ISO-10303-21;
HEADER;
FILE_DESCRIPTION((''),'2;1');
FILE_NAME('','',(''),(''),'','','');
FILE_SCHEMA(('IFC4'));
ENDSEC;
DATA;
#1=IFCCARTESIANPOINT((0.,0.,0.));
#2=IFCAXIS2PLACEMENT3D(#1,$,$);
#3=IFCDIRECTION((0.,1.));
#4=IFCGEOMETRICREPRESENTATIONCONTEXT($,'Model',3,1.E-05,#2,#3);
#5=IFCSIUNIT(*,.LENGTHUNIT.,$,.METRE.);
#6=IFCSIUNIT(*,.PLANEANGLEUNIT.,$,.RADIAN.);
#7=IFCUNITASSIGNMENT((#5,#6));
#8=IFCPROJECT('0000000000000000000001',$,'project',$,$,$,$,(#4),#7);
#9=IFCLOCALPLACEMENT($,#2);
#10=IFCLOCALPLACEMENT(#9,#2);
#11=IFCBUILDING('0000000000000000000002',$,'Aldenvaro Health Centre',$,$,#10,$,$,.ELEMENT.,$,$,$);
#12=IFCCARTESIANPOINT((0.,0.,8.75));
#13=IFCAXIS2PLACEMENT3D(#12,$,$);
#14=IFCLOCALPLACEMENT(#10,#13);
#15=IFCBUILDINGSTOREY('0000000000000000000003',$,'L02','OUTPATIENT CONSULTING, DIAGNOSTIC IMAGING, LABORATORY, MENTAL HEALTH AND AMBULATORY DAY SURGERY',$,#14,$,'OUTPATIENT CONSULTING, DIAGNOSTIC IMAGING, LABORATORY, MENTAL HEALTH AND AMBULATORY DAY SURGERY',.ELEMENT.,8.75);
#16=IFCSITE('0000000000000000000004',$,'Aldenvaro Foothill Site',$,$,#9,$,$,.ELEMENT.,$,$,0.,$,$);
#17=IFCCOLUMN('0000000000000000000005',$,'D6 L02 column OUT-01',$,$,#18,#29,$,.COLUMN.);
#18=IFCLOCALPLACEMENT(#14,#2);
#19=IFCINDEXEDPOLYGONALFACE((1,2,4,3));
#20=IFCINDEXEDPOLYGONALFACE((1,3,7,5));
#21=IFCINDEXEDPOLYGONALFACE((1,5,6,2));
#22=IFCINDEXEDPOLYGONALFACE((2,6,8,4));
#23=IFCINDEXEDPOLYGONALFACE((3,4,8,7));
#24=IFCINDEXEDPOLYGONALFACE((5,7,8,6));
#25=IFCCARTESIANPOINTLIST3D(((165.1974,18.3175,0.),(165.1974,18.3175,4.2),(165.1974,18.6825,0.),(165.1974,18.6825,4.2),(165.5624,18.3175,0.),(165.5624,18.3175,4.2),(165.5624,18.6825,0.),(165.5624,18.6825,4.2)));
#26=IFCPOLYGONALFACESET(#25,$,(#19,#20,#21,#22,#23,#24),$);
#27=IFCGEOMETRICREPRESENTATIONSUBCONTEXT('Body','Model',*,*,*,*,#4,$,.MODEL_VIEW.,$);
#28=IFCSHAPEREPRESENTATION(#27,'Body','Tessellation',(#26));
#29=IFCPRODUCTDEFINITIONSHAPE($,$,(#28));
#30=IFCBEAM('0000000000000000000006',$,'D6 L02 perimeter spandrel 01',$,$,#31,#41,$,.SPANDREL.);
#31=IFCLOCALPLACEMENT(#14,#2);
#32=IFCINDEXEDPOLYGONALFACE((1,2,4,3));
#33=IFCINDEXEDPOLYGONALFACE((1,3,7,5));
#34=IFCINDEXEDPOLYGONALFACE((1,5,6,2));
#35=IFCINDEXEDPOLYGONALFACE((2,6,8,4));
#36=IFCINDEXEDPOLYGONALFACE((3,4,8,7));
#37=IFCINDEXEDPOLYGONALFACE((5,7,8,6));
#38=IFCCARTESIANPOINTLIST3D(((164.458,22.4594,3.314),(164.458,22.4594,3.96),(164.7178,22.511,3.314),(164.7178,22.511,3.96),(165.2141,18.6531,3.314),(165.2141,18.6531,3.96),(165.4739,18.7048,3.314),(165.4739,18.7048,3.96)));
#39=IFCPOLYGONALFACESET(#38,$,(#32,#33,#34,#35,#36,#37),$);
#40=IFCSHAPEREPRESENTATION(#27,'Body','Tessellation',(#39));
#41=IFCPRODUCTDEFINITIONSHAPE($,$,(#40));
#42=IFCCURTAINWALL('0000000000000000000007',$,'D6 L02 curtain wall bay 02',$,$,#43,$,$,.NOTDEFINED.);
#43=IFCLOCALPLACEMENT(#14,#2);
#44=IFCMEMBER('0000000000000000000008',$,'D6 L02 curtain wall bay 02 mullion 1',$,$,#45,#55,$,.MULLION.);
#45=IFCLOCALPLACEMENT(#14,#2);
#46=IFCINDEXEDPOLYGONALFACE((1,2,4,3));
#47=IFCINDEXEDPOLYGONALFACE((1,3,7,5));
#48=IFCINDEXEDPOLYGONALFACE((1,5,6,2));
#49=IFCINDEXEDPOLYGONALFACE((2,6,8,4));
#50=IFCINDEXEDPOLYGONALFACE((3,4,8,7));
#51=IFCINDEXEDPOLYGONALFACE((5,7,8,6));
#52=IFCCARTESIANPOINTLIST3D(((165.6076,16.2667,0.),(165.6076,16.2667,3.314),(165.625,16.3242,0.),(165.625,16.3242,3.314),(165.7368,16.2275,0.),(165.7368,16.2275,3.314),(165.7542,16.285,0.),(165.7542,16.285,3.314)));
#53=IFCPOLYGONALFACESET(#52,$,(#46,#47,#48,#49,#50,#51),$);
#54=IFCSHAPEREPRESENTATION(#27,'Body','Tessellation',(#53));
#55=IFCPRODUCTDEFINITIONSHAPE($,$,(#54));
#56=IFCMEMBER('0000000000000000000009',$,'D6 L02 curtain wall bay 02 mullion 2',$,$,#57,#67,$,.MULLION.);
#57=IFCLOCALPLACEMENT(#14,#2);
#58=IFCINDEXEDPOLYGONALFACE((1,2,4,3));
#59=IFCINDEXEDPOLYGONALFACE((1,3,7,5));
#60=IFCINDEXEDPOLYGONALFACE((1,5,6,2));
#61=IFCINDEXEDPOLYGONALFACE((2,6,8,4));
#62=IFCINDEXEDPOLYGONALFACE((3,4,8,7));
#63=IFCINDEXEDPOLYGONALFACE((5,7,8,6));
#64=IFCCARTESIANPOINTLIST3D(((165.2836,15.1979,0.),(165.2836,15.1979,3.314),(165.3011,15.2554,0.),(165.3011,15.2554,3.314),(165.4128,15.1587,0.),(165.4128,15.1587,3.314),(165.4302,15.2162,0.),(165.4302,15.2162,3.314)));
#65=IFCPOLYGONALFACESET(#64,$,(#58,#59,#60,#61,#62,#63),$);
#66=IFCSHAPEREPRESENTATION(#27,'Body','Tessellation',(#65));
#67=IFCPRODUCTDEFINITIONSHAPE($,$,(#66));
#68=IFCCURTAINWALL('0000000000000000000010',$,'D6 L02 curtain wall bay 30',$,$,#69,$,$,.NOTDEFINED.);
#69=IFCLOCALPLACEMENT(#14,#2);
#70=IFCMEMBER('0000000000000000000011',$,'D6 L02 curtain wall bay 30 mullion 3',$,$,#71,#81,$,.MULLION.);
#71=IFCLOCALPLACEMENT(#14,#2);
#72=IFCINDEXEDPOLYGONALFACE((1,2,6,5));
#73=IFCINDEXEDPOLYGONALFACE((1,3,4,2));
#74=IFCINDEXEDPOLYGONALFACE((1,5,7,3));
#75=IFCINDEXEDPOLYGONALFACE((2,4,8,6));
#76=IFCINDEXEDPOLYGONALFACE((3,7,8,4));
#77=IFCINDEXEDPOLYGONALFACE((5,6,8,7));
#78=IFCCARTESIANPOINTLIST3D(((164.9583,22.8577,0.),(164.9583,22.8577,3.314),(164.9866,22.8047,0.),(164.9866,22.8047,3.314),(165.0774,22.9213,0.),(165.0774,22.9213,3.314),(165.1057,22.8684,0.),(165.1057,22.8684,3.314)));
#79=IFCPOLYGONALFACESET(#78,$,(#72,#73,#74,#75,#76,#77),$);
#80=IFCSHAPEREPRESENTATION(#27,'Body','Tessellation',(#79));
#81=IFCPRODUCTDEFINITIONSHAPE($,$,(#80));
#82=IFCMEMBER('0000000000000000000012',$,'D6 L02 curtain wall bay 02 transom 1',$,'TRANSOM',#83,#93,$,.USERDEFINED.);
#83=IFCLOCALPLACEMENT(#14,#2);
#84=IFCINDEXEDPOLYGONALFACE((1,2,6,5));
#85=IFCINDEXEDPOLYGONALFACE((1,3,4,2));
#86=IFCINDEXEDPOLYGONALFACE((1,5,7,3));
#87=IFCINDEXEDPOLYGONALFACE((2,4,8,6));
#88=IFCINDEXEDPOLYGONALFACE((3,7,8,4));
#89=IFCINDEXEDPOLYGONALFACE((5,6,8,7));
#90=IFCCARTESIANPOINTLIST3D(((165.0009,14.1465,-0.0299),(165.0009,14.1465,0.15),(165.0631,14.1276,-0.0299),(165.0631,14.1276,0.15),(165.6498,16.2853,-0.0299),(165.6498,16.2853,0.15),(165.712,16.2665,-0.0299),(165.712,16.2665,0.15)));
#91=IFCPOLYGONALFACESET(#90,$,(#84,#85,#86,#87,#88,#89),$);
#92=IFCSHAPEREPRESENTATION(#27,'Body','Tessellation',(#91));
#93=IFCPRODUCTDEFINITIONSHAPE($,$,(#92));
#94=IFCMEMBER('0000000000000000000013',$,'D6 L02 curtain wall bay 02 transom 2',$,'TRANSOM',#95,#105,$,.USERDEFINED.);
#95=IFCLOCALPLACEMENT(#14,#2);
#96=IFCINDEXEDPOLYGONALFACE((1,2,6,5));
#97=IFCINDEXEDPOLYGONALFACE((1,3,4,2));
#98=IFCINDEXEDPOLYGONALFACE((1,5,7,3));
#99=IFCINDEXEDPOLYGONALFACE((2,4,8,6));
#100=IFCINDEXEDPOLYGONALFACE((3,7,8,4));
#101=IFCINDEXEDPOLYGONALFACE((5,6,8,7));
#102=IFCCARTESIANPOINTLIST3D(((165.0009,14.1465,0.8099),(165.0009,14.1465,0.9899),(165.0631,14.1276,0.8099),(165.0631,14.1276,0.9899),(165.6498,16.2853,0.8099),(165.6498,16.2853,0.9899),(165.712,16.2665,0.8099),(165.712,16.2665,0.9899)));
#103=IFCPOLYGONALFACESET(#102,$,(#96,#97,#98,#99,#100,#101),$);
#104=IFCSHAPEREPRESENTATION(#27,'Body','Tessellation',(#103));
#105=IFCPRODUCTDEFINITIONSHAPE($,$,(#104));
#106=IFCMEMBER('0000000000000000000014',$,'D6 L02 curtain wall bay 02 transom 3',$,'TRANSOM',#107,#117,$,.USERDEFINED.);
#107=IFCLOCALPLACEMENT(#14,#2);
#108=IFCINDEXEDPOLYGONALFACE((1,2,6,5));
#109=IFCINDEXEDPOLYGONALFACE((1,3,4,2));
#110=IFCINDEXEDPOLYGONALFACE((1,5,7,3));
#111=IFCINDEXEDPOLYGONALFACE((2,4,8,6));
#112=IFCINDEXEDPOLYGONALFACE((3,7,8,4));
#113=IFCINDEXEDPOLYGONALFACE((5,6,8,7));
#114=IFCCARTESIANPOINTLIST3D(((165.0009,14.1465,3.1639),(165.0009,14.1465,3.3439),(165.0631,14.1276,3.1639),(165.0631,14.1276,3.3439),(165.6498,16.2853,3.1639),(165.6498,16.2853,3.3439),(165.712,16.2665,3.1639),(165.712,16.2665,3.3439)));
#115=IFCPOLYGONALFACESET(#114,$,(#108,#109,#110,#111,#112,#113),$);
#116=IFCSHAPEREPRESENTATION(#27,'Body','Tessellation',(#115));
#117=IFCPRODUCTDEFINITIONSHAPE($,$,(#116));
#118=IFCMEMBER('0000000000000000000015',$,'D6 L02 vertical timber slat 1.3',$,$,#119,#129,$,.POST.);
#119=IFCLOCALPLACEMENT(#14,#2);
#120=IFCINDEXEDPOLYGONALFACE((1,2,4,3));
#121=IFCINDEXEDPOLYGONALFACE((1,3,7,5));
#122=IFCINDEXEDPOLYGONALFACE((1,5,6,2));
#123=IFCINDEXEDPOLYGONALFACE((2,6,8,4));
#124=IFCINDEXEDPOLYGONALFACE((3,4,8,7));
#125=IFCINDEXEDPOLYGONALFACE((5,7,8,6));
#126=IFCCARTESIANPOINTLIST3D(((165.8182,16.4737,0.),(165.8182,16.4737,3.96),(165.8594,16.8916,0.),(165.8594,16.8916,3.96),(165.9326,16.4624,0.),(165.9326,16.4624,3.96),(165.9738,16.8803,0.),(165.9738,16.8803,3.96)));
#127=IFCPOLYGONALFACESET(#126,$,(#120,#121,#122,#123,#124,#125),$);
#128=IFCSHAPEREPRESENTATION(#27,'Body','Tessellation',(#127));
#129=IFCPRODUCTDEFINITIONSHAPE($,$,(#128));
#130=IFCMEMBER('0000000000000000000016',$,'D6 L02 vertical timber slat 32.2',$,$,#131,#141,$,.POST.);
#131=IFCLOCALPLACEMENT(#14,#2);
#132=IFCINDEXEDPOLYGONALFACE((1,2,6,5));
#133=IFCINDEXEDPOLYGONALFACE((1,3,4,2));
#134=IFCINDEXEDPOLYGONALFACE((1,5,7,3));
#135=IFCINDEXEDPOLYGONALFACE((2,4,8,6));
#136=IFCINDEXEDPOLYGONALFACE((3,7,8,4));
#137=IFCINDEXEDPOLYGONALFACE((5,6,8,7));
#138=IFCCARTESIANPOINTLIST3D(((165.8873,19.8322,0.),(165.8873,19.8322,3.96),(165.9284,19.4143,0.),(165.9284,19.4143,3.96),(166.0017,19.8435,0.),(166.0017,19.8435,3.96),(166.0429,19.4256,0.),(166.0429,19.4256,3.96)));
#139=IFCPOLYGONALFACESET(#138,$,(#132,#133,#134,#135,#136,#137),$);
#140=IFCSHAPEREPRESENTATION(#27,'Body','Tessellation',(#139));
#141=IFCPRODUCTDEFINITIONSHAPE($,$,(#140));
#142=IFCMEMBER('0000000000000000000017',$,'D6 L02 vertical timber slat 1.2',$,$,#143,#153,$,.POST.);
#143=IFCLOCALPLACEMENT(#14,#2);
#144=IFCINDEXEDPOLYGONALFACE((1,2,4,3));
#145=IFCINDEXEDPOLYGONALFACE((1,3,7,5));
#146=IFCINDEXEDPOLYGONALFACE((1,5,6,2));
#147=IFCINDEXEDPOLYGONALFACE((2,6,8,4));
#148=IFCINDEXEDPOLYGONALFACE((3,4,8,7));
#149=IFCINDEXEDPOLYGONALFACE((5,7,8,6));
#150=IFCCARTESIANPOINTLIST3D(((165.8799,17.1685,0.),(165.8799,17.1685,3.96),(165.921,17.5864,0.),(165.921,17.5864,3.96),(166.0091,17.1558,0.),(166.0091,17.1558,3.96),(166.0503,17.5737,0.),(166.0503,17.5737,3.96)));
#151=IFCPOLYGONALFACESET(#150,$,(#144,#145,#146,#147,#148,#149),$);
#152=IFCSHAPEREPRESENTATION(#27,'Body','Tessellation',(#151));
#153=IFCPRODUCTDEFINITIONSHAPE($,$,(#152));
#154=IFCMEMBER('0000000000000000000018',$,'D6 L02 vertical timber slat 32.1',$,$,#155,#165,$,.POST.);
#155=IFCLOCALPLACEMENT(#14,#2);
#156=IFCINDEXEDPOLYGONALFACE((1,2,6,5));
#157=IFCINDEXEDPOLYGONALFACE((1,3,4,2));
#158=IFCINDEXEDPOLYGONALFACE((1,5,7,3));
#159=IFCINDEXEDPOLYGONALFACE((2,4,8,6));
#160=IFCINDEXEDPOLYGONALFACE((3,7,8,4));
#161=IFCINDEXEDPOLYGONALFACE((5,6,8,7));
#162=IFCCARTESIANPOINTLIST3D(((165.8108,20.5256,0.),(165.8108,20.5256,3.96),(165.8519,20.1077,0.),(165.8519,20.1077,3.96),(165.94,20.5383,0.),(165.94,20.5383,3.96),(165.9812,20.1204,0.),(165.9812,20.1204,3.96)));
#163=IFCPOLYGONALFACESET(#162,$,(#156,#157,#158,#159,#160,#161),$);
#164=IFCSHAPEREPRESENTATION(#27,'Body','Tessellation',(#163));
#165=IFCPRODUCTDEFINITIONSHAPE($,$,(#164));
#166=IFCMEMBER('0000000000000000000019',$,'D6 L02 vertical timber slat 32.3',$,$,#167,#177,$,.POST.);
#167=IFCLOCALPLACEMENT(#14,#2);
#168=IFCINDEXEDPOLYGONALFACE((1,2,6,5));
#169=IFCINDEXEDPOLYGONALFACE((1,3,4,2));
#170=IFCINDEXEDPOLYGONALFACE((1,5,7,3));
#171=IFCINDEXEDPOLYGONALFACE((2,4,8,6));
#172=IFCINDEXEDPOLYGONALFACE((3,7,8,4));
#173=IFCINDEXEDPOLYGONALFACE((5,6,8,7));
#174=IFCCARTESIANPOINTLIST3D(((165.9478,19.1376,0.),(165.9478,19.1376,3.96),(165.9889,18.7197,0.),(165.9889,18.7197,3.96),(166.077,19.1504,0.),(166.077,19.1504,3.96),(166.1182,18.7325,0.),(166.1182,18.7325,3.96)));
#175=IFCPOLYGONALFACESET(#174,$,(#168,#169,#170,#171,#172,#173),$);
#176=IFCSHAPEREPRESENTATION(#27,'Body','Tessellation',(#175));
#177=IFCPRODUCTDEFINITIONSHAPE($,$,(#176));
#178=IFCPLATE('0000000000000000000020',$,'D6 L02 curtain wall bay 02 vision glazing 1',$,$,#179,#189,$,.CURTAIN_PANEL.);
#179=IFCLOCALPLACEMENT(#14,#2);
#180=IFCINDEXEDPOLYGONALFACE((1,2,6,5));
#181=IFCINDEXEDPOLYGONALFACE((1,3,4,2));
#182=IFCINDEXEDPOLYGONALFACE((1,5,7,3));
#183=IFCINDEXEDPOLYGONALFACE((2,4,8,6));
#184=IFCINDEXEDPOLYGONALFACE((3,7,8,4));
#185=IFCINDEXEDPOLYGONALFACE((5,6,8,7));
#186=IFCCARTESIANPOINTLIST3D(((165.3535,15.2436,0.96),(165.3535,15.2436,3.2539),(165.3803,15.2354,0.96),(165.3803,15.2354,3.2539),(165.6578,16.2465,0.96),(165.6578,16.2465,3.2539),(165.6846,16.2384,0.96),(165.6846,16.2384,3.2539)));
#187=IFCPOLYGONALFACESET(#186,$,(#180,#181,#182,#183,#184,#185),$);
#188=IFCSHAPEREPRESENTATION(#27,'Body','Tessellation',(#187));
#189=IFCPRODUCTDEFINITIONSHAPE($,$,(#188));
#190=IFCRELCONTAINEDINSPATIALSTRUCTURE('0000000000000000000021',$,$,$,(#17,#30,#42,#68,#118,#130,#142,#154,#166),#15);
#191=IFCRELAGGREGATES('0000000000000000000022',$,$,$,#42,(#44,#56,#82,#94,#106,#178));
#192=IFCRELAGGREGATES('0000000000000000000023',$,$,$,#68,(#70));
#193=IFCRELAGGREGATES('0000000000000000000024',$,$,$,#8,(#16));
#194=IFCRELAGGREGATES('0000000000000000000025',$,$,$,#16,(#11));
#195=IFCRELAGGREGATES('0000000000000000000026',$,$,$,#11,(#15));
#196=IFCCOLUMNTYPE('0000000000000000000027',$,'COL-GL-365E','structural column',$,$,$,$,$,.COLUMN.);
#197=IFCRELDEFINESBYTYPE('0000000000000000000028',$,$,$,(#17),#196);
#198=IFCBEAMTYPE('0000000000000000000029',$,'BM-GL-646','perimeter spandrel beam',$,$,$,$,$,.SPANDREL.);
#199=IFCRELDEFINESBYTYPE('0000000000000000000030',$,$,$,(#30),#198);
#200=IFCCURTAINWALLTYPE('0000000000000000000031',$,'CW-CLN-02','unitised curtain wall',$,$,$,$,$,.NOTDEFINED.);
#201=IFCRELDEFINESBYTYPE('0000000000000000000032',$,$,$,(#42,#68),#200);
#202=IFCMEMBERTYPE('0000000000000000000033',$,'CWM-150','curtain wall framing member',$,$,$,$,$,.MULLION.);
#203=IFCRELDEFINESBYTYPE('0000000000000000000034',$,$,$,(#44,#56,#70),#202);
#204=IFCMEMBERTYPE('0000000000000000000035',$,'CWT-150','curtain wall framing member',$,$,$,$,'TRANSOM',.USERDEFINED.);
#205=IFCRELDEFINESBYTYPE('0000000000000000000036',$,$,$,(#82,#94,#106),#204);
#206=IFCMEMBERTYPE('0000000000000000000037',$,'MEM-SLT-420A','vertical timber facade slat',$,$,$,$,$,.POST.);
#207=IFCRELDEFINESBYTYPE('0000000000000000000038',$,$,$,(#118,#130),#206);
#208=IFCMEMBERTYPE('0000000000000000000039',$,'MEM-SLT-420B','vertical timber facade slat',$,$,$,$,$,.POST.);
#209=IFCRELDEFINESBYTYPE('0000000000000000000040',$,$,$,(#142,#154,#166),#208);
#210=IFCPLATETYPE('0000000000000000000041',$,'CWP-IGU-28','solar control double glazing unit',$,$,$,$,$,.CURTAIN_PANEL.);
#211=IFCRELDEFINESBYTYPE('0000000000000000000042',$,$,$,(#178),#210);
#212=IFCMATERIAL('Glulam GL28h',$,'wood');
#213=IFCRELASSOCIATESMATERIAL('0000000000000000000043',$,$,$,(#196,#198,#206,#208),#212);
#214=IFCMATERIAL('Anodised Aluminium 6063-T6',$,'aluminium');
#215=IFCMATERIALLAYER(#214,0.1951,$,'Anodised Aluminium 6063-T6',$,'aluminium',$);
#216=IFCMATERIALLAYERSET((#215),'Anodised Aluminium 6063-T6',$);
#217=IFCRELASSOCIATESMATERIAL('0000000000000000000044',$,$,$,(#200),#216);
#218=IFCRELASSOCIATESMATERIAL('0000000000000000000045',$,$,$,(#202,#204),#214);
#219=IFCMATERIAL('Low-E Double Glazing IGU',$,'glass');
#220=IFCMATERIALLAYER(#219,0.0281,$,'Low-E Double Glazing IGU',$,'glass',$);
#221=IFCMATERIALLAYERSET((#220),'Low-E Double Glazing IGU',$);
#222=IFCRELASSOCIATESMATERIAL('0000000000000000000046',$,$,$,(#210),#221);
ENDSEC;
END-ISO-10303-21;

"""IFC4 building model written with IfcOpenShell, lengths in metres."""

from ifc_helpers import new_model, si_unit, direction, frame, origin, origin_2d, place, context, subcontext, project, spatial, rectangle, extrude, material, layer, layer_set, material_profile, profile_set, type_object, element, aggregate, save


model = new_model("IFC4")

# Units and contexts
model_context = context("Model", 3, precision=1e-05, world=origin(), true_north=direction((0.0, 1.0)))
body_context = subcontext(model_context, "Body", "Model", "MODEL_VIEW")
ifc_project = project(units=[si_unit("LENGTHUNIT", "METRE"), si_unit("PLANEANGLEUNIT", "RADIAN")], contexts=[model_context])

# Site, building, storey
site_placement = place(None, origin())
site = spatial("IfcSite", under=ifc_project, at=site_placement, Name="Aldenvaro Foothill Site", CompositionType="ELEMENT", RefElevation=0.0)
building_placement = place(site_placement, origin())
building = spatial("IfcBuilding", under=site, at=building_placement, Name="Aldenvaro Health Centre", CompositionType="ELEMENT")
storey_placement = place(building_placement, frame((0.0, 0.0, 8.75)))
storey = spatial("IfcBuildingStorey", under=building, at=storey_placement, Name="L02", Description="OUTPATIENT CONSULTING, DIAGNOSTIC IMAGING, LABORATORY, MENTAL HEALTH AND AMBULATORY DAY SURGERY", LongName="OUTPATIENT CONSULTING, DIAGNOSTIC IMAGING, LABORATORY, MENTAL HEALTH AND AMBULATORY DAY SURGERY", CompositionType="ELEMENT", Elevation=8.75)

# Column
ifc_material_1 = material(Name="Glulam GL28h", Category="wood")
ifc_material_profile_1 = material_profile(ifc_material_1, rectangle(XDim=0.365, YDim=0.365, at=origin_2d()), Name="GL 365x365", Category="wood")
ifc_profile_set_1 = profile_set([ifc_material_profile_1], Name="Glulam GL28h")
column_type = type_object("IfcColumnType", Name="COL-GL-365E", Description="structural column", PredefinedType="COLUMN", material=ifc_profile_set_1)
column_placement = place(storey_placement, frame((165.3799, 18.5, 0.0), z_axis=(0.0, 0.0, 1.0), x_axis=(1.0, 0.0, 0.0)))
element("IfcColumn", 1, at=column_placement, inside=storey, type_object=column_type, Name="D6 L02 column OUT-01", PredefinedType="COLUMN", context=body_context, shape_type="SweptSolid", body=[
    extrude(rectangle(XDim=0.365, YDim=0.365, at=origin_2d()), origin(), (0.0, 0.0, 1.0), 4.2),
])

# Beam
ifc_material_profile_2 = material_profile(ifc_material_1, rectangle(XDim=0.2649, YDim=0.646, at=origin_2d()), Name="GL 265x646", Category="wood")
ifc_profile_set_2 = profile_set([ifc_material_profile_2], Name="Glulam GL28h")
beam_type = type_object("IfcBeamType", Name="BM-GL-646", Description="perimeter spandrel beam", PredefinedType="SPANDREL", material=ifc_profile_set_2)
beam_placement = place(storey_placement, frame((165.344, 18.679, 3.637), z_axis=(-0.194846, 0.980834, 0.0), x_axis=(-0.980834, -0.194846, 0.0)))
element("IfcBeam", 2, at=beam_placement, inside=storey, type_object=beam_type, Name="D6 L02 perimeter spandrel 01", PredefinedType="SPANDREL", context=body_context, shape_type="SweptSolid", body=[
    extrude(rectangle(XDim=0.2649, YDim=0.646, at=origin_2d()), origin(), (0.0, 0.0, 1.0), 3.8806),
])

# Curtain wall, members
ifc_material_2 = material(Name="Anodised Aluminium 6063-T6", Category="aluminium")
ifc_layer_1 = layer(ifc_material_2, 0.1951, Name="Anodised Aluminium 6063-T6", Category="aluminium")
ifc_layer_set_1 = layer_set([ifc_layer_1], Name="Anodised Aluminium 6063-T6")
curtain_wall_type = type_object("IfcCurtainWallType", Name="CW-CLN-02", Description="unitised curtain wall", PredefinedType="NOTDEFINED", material=ifc_layer_set_1)
curtain_wall_1_placement = place(storey_placement, origin())
curtain_wall_1 = element("IfcCurtainWall", 3, at=curtain_wall_1_placement, inside=storey, type_object=curtain_wall_type, Name="D6 L02 curtain wall bay 02", PredefinedType="NOTDEFINED")
ifc_material_profile_3 = material_profile(ifc_material_2, rectangle(XDim=0.0601, YDim=0.135, at=origin_2d()), Name="ALU 60x135", Category="aluminium")
ifc_profile_set_3 = profile_set([ifc_material_profile_3], Name="Anodised Aluminium 6063-T6")
member_type_1 = type_object("IfcMemberType", Name="CWM-150", Description="curtain wall framing member", PredefinedType="MULLION", material=ifc_profile_set_3)
member_1_placement = place(storey_placement, frame((165.6809, 16.2759, 0.0), z_axis=(0.0, 0.0, 1.0), x_axis=(-0.290343, -0.956923, 0.0)))
member_1 = element("IfcMember", 4, at=member_1_placement, type_object=member_type_1, Name="D6 L02 curtain wall bay 02 mullion 1", PredefinedType="MULLION", context=body_context, shape_type="SweptSolid", body=[
    extrude(rectangle(XDim=0.0601, YDim=0.135, at=origin_2d()), origin(), (0.0, 0.0, 1.0), 3.314),
])
member_2_placement = place(storey_placement, frame((165.3569, 15.207, 0.0), z_axis=(0.0, 0.0, 1.0), x_axis=(-0.290343, -0.956923, 0.0)))
member_2 = element("IfcMember", 5, at=member_2_placement, type_object=member_type_1, Name="D6 L02 curtain wall bay 02 mullion 2", PredefinedType="MULLION", context=body_context, shape_type="SweptSolid", body=[
    extrude(rectangle(XDim=0.0601, YDim=0.135, at=origin_2d()), origin(), (0.0, 0.0, 1.0), 3.314),
])

# Curtain wall, member
curtain_wall_2_placement = place(storey_placement, origin())
curtain_wall_2 = element("IfcCurtainWall", 6, at=curtain_wall_2_placement, inside=storey, type_object=curtain_wall_type, Name="D6 L02 curtain wall bay 30", PredefinedType="NOTDEFINED")
member_3_placement = place(storey_placement, frame((165.032, 22.863, 0.0), z_axis=(0.0, 0.0, 1.0), x_axis=(0.471215, -0.882018, 0.0)))
member_3 = element("IfcMember", 7, at=member_3_placement, type_object=member_type_1, Name="D6 L02 curtain wall bay 30 mullion 3", PredefinedType="MULLION", context=body_context, shape_type="SweptSolid", body=[
    extrude(rectangle(XDim=0.0601, YDim=0.135, at=origin_2d()), origin(), (0.0, 0.0, 1.0), 3.314),
])

# Members
ifc_material_profile_4 = material_profile(ifc_material_2, rectangle(XDim=0.0649, YDim=0.1799, at=origin_2d()), Name="ALU 65x180", Category="aluminium")
ifc_profile_set_4 = profile_set([ifc_material_profile_4], Name="Anodised Aluminium 6063-T6")
member_type_2 = type_object("IfcMemberType", Name="CWT-150", Description="curtain wall framing member", ElementType="TRANSOM", PredefinedType="USERDEFINED", material=ifc_profile_set_4)
member_4_placement = place(storey_placement, frame((165.6809, 16.2759, 0.0601), z_axis=(-0.290323, -0.956929, 0.0), x_axis=(0.956929, -0.290323, 0.0)))
member_4 = element("IfcMember", 8, at=member_4_placement, type_object=member_type_2, Name="D6 L02 curtain wall bay 02 transom 1", ObjectType="TRANSOM", PredefinedType="USERDEFINED", context=body_context, shape_type="SweptSolid", body=[
    extrude(rectangle(XDim=0.0649, YDim=0.1799, at=origin_2d()), origin(), (0.0, 0.0, 1.0), 2.2351),
])
member_5_placement = place(storey_placement, frame((165.6809, 16.2759, 0.8999), z_axis=(-0.290323, -0.956929, 0.0), x_axis=(0.956929, -0.290323, 0.0)))
member_5 = element("IfcMember", 9, at=member_5_placement, type_object=member_type_2, Name="D6 L02 curtain wall bay 02 transom 2", ObjectType="TRANSOM", PredefinedType="USERDEFINED", context=body_context, shape_type="SweptSolid", body=[
    extrude(rectangle(XDim=0.0649, YDim=0.1799, at=origin_2d()), origin(), (0.0, 0.0, 1.0), 2.2351),
])
member_6_placement = place(storey_placement, frame((165.6809, 16.2759, 3.2539), z_axis=(-0.290323, -0.956929, 0.0), x_axis=(0.956929, -0.290323, 0.0)))
member_6 = element("IfcMember", 10, at=member_6_placement, type_object=member_type_2, Name="D6 L02 curtain wall bay 02 transom 3", ObjectType="TRANSOM", PredefinedType="USERDEFINED", context=body_context, shape_type="SweptSolid", body=[
    extrude(rectangle(XDim=0.0649, YDim=0.1799, at=origin_2d()), origin(), (0.0, 0.0, 1.0), 2.2351),
])

# Members
ifc_material_profile_5 = material_profile(ifc_material_1, rectangle(XDim=0.115, YDim=0.4199, at=origin_2d()), Name="GL 115x420", Category="wood")
ifc_profile_set_5 = profile_set([ifc_material_profile_5], Name="Glulam GL28h")
member_type_3 = type_object("IfcMemberType", Name="MEM-SLT-420A", Description="vertical timber facade slat", PredefinedType="POST", material=ifc_profile_set_5)
for number, where, z_axis, x_axis, name in (
    (11, (165.896, 16.677, 0.0), (0.0, 0.0, 1.0), (0.995187, -0.097997, 0.0), "D6 L02 vertical timber slat 1.3"),
    (12, (165.9651, 19.6289, 0.0), (0.0, 0.0, 1.0), (0.995187, 0.097997, 0.0), "D6 L02 vertical timber slat 32.2"),
):
    element("IfcMember", number, at=place(storey_placement, frame(where, z_axis=z_axis, x_axis=x_axis)), inside=storey, type_object=member_type_3, Name=name, PredefinedType="POST", context=body_context, shape_type="SweptSolid", body=[
        extrude(rectangle(XDim=0.115, YDim=0.4199, at=origin_2d()), origin(), (0.0, 0.0, 1.0), 3.96),
    ])
ifc_material_profile_6 = material_profile(ifc_material_1, rectangle(XDim=0.1299, YDim=0.4199, at=origin_2d()), Name="GL 130x420", Category="wood")
ifc_profile_set_6 = profile_set([ifc_material_profile_6], Name="Glulam GL28h")
member_type_4 = type_object("IfcMemberType", Name="MEM-SLT-420B", Description="vertical timber facade slat", PredefinedType="POST", material=ifc_profile_set_6)
for number, where, z_axis, x_axis, name in (
    (13, (165.9651, 17.3711, 0.0), (0.0, 0.0, 1.0), (0.995187, -0.097997, 0.0), "D6 L02 vertical timber slat 1.2"),
    (14, (165.896, 20.323, 0.0), (0.0, 0.0, 1.0), (0.995187, 0.097997, 0.0), "D6 L02 vertical timber slat 32.1"),
    (15, (166.033, 18.9351, 0.0), (0.0, 0.0, 1.0), (0.995187, 0.097997, 0.0), "D6 L02 vertical timber slat 32.3"),
):
    element("IfcMember", number, at=place(storey_placement, frame(where, z_axis=z_axis, x_axis=x_axis)), inside=storey, type_object=member_type_4, Name=name, PredefinedType="POST", context=body_context, shape_type="SweptSolid", body=[
        extrude(rectangle(XDim=0.1299, YDim=0.4199, at=origin_2d()), origin(), (0.0, 0.0, 1.0), 3.96),
    ])

# Plate
ifc_material_3 = material(Name="Low-E Double Glazing IGU", Category="glass")
ifc_layer_2 = layer(ifc_material_3, 0.0281, Name="Low-E Double Glazing IGU", Category="glass")
ifc_layer_set_2 = layer_set([ifc_layer_2], Name="Low-E Double Glazing IGU")
plate_type_1 = type_object("IfcPlateType", Name="CWP-IGU-28", Description="solar control double glazing unit", PredefinedType="CURTAIN_PANEL", material=ifc_layer_set_2)
plate_1_placement = place(storey_placement, frame((165.519, 15.741, 0.96), z_axis=(0.0, 0.0, 1.0), x_axis=(-0.290343, -0.956923, 0.0)))
plate_1 = element("IfcPlate", 16, at=plate_1_placement, type_object=plate_type_1, Name="D6 L02 curtain wall bay 02 vision glazing 1", PredefinedType="CURTAIN_PANEL", context=body_context, shape_type="SweptSolid", body=[
    extrude(rectangle(XDim=1.0481, YDim=0.0281, at=origin_2d()), origin(), (0.0, 0.0, 1.0), 2.2939),
])
aggregate(curtain_wall_1, [member_1, member_2, member_4, member_5, member_6, plate_1])
aggregate(curtain_wall_2, [member_3])

save(model, "model.ifc")
